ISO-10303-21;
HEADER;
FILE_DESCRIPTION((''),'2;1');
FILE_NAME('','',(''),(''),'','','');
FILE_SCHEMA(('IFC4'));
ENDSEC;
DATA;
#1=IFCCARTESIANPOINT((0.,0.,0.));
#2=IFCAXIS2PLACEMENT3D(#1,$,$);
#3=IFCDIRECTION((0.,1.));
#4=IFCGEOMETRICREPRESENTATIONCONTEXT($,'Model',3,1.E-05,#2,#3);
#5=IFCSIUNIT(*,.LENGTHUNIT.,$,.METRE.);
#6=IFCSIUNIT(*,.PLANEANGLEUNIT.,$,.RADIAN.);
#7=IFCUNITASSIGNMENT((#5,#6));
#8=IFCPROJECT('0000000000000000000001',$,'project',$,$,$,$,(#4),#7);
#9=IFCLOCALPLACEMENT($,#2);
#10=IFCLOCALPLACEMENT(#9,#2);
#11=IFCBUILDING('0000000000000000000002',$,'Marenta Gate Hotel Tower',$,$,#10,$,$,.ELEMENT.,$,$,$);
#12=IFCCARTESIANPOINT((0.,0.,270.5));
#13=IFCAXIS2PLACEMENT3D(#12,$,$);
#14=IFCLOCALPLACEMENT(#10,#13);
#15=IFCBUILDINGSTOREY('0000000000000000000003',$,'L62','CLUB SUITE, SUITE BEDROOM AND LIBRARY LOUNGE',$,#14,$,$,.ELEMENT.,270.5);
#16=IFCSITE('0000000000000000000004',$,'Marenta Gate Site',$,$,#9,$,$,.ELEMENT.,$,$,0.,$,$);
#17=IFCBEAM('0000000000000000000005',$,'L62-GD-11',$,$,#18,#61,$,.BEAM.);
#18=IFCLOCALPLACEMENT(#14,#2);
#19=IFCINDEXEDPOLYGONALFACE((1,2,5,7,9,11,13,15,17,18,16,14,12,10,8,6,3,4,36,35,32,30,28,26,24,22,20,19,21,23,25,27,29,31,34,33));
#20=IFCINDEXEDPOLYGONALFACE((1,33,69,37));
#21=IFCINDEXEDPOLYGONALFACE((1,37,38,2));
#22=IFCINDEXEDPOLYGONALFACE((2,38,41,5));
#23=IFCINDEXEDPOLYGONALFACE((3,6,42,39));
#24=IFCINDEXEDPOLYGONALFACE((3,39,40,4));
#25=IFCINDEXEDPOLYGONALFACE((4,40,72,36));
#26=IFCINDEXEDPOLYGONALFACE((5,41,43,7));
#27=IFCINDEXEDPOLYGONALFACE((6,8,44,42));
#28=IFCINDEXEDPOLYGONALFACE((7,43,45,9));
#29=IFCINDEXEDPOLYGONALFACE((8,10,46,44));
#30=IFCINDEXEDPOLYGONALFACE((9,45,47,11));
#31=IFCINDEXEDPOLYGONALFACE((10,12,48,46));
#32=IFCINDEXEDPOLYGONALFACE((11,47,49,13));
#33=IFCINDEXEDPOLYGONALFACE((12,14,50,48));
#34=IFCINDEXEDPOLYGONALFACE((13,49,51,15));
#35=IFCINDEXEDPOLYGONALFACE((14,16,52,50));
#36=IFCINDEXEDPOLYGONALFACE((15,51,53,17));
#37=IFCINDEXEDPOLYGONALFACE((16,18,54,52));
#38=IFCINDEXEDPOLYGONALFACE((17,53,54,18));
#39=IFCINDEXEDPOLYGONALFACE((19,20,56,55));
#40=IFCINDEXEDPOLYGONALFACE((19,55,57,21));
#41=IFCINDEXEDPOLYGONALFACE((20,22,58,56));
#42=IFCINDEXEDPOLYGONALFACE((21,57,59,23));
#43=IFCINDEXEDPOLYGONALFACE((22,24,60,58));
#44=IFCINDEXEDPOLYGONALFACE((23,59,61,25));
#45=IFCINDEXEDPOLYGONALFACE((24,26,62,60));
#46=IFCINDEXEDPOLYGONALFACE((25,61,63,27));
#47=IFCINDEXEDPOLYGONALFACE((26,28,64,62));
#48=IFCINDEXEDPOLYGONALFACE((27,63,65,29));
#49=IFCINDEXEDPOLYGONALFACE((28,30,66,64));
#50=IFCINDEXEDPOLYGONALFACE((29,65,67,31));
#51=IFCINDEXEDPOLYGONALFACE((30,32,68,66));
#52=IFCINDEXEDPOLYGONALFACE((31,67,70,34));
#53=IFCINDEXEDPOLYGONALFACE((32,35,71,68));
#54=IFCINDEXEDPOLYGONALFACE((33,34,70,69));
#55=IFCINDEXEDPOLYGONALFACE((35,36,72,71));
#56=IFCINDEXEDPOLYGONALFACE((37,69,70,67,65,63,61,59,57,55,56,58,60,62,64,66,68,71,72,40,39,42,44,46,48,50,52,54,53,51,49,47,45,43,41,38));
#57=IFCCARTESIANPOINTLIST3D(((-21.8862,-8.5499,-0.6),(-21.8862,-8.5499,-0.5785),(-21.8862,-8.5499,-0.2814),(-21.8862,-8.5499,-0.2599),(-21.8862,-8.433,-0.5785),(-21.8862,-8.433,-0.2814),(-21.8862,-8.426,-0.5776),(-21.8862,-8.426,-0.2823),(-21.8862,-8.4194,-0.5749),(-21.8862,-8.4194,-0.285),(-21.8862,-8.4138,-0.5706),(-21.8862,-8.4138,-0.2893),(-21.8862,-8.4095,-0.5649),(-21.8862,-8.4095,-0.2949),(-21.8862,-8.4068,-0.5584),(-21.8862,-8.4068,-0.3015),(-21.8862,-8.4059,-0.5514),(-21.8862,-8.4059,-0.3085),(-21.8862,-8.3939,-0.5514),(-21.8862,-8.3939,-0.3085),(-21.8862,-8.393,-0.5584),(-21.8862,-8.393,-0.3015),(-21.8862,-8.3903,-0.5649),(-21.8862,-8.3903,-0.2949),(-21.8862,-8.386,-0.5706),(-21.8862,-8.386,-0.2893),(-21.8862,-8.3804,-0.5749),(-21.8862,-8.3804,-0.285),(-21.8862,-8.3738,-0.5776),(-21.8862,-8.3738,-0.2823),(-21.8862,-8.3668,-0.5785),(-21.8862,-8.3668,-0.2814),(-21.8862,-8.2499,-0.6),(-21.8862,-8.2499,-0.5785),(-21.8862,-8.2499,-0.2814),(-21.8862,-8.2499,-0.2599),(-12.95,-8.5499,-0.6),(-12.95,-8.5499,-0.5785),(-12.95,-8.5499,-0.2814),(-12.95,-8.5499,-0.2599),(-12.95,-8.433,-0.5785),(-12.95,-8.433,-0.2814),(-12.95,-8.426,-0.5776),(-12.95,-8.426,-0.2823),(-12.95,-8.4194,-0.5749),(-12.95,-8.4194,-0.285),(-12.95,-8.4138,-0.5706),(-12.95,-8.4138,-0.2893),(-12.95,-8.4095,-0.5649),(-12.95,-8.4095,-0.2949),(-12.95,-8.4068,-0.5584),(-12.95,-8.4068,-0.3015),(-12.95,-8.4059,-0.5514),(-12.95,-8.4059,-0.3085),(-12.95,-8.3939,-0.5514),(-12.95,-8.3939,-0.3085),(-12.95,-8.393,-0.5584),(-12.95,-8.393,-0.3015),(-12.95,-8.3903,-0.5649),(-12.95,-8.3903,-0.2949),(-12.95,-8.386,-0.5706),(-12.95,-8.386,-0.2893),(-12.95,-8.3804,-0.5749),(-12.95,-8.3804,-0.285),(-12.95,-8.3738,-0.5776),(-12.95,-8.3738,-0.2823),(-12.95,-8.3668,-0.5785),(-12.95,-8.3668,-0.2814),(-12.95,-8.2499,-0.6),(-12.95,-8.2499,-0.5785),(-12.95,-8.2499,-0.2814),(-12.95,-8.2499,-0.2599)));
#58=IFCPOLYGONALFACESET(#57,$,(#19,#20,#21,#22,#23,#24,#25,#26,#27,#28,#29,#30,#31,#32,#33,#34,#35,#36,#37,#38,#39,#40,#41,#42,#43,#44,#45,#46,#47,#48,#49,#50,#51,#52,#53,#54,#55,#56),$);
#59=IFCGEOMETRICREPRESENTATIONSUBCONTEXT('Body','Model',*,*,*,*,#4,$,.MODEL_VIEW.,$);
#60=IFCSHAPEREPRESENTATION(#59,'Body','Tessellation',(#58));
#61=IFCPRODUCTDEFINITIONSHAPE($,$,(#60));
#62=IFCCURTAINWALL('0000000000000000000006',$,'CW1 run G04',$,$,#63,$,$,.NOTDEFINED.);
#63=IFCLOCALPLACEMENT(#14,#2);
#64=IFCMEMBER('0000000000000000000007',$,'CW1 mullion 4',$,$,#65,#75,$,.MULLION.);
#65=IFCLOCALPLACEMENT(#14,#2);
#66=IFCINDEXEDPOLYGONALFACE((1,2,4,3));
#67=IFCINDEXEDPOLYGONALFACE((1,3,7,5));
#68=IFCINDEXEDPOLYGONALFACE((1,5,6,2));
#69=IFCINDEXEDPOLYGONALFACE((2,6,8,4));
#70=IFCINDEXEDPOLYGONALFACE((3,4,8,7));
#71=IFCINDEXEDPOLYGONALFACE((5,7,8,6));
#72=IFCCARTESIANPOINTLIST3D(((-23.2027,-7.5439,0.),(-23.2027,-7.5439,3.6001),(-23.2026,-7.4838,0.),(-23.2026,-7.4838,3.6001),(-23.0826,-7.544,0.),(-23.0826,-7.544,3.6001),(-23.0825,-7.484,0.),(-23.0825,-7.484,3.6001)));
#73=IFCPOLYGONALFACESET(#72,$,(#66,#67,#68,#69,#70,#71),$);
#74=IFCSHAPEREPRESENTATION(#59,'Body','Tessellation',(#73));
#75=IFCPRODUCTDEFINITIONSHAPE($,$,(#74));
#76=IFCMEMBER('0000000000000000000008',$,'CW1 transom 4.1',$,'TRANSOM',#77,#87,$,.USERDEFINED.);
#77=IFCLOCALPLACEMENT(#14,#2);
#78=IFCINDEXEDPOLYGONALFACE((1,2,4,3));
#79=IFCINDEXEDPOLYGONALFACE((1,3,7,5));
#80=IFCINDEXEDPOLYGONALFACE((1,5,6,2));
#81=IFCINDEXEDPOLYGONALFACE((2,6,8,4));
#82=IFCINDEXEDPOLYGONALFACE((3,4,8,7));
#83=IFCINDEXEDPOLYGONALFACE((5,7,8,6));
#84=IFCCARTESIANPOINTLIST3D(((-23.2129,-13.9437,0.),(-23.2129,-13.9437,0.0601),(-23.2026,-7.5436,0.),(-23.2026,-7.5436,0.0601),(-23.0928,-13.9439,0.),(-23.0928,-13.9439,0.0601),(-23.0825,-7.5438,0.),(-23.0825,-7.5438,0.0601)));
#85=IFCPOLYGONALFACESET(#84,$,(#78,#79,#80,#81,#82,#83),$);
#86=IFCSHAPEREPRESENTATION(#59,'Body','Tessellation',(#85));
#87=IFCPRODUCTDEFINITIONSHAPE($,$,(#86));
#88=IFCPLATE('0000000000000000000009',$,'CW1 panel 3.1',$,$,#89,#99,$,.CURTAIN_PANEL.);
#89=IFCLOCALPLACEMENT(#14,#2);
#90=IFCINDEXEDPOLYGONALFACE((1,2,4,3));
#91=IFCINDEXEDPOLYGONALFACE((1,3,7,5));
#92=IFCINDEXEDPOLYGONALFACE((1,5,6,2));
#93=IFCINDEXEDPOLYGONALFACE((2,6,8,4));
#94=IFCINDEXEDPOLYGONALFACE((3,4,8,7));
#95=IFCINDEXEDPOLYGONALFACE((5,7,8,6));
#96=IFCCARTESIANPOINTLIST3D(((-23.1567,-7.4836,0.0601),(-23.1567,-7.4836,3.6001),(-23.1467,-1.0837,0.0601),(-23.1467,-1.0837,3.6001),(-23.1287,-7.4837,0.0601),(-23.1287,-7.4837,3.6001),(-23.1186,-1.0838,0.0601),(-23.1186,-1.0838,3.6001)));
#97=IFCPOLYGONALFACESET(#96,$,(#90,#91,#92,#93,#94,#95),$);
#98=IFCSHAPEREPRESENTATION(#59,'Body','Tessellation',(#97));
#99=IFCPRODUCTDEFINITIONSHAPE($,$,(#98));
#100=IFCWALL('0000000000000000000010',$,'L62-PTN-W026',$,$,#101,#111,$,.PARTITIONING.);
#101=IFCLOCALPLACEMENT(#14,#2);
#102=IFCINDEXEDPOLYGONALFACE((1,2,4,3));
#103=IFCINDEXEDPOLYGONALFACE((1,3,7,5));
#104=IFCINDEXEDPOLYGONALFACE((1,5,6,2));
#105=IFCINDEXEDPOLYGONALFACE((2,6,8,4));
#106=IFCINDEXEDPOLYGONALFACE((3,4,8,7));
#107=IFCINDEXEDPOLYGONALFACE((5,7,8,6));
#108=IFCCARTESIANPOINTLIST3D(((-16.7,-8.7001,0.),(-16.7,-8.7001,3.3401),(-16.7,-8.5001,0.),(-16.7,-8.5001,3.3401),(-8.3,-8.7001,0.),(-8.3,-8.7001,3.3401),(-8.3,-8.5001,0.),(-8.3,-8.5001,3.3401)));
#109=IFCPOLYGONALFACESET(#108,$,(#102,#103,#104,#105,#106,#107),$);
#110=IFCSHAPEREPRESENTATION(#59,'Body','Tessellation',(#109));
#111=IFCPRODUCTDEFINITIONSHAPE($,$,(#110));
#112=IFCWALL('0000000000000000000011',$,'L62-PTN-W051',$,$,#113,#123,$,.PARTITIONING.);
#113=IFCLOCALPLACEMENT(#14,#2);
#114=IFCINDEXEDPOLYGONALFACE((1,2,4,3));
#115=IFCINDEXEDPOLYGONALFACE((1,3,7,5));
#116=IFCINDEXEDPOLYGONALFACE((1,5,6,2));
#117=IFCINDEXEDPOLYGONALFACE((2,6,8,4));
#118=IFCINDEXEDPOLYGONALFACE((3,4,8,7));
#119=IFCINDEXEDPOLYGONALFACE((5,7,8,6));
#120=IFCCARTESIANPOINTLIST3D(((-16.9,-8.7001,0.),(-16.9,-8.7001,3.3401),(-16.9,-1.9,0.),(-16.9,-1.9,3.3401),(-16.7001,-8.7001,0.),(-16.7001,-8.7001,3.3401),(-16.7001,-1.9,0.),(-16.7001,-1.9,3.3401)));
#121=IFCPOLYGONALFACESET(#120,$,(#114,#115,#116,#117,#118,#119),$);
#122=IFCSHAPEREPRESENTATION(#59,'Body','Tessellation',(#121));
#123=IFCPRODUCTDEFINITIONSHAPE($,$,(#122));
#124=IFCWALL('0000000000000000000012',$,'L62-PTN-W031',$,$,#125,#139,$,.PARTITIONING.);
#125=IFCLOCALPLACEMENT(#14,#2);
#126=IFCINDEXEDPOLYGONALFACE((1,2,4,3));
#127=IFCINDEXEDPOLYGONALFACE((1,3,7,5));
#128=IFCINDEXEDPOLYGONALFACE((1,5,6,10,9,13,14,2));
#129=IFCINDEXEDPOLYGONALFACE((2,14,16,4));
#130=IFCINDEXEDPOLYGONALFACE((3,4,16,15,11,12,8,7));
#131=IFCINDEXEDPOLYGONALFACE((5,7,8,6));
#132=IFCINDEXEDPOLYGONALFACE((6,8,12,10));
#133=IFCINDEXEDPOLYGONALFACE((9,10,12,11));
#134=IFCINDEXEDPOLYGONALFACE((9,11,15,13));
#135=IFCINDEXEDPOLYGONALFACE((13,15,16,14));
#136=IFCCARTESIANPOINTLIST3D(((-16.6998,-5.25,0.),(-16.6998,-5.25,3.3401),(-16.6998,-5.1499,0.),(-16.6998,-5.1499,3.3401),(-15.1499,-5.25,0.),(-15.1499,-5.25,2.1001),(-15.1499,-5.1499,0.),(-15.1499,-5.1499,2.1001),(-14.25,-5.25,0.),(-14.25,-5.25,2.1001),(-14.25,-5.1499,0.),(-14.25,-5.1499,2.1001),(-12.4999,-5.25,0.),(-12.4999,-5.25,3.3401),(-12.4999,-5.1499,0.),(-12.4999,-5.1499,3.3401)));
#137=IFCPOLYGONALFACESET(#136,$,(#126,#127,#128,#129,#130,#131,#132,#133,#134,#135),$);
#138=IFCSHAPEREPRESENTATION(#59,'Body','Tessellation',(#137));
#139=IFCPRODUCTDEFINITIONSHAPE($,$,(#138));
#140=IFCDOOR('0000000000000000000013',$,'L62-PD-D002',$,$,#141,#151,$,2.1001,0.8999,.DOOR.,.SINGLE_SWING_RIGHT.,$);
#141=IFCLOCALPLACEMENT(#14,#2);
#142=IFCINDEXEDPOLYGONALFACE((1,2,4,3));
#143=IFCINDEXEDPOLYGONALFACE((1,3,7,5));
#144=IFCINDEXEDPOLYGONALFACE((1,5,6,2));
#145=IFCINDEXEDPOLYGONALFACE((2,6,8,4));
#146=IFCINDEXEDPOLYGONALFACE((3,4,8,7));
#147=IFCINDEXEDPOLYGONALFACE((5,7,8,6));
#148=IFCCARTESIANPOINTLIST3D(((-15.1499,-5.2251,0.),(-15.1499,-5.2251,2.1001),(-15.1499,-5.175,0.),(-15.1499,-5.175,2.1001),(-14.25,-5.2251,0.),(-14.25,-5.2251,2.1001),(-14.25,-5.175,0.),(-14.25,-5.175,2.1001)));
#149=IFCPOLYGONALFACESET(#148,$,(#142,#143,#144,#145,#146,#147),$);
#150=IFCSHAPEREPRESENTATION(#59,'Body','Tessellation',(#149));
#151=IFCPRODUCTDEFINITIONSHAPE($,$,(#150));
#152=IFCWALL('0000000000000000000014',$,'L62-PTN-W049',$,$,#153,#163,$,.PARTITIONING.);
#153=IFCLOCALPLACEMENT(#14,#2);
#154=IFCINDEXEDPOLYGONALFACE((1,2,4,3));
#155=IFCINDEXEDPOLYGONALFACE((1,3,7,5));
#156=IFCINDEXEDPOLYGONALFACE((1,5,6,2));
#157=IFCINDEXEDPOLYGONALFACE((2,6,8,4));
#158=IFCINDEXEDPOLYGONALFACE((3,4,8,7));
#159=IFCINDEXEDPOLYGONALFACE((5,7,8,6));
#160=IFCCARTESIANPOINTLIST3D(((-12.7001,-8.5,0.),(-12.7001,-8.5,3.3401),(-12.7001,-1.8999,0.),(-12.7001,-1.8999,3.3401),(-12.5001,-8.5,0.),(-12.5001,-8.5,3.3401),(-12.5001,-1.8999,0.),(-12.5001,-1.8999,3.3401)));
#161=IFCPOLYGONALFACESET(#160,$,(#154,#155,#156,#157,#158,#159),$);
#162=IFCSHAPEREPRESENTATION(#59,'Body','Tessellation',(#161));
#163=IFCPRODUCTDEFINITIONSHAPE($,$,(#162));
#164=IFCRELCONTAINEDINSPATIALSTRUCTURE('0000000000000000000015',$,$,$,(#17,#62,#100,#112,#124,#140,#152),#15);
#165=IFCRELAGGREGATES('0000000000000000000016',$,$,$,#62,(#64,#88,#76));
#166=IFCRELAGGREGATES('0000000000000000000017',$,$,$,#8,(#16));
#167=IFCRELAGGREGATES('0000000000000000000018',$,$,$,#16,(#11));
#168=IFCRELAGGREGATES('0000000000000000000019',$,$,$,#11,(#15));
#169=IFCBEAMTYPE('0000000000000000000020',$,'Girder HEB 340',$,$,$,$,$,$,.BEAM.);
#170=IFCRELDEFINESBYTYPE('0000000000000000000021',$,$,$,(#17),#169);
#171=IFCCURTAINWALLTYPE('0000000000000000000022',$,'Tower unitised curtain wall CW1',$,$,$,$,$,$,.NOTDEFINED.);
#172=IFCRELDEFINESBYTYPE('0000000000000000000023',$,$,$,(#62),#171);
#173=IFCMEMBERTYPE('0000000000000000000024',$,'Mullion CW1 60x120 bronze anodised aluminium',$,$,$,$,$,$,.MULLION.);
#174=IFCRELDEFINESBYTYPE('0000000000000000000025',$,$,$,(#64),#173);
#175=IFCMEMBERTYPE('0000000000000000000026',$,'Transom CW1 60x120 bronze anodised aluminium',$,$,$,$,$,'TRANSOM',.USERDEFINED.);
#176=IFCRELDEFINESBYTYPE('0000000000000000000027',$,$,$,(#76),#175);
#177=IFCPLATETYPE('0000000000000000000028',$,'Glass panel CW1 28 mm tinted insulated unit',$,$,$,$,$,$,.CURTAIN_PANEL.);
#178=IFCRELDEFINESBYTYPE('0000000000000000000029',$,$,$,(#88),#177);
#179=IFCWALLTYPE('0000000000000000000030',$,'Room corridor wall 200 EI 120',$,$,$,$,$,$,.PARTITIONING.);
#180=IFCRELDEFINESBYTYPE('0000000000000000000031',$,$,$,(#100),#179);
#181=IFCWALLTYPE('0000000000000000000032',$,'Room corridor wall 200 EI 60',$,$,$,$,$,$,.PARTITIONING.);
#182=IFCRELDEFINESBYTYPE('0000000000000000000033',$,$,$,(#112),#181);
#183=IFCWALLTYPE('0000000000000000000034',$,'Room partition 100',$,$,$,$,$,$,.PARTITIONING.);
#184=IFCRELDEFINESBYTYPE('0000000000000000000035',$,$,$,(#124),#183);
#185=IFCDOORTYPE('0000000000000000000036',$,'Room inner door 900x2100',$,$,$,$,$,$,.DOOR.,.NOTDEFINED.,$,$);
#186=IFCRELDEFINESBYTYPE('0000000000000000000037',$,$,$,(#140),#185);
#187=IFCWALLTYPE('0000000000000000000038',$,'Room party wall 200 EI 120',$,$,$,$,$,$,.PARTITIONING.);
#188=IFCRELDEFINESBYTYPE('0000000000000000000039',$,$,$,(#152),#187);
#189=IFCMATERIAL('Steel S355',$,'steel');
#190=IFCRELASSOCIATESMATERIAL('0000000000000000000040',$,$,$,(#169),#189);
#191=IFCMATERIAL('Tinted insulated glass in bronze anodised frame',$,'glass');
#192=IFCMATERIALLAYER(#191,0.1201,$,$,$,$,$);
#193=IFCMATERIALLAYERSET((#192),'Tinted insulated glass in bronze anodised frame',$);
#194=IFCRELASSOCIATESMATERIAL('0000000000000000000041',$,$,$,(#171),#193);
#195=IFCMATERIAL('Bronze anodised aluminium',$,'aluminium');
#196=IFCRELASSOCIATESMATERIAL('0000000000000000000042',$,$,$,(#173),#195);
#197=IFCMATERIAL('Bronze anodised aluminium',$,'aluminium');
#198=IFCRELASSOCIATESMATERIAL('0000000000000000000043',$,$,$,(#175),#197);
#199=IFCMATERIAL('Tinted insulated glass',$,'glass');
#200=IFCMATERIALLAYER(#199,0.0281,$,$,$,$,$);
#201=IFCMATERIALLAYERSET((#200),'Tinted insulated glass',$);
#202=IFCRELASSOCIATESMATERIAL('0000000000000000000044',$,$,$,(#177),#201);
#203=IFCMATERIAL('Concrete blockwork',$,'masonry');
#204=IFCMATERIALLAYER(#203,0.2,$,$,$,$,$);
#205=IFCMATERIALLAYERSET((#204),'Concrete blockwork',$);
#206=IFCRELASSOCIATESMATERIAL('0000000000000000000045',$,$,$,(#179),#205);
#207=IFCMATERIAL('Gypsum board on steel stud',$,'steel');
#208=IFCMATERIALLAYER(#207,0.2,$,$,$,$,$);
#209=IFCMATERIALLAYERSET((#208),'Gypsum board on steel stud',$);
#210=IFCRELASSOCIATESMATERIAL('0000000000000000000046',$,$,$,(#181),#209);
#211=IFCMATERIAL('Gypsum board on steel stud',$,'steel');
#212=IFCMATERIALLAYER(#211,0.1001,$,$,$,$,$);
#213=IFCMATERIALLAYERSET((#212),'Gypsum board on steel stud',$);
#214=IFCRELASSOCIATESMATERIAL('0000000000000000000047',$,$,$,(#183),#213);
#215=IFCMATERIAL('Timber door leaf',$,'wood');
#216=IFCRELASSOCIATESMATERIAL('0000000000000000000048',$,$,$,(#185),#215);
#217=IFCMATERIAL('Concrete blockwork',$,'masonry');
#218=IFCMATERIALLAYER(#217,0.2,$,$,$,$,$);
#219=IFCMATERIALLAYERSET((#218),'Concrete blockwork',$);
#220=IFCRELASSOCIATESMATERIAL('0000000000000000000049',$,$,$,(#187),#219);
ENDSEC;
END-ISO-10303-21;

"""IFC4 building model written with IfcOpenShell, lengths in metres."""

from ifc_helpers import new_model, si_unit, direction, frame, frame_2d, origin, origin_2d, place, context, subcontext, project, spatial, rectangle, i_section, extrude, material, layer, layer_set, material_profile, profile_set, type_object, element, fill, aggregate, save


model = new_model("IFC4")

# Units and contexts
model_context = context("Model", 3, precision=1e-05, world=origin(), true_north=direction((0.0, 1.0)))
body_context = subcontext(model_context, "Body", "Model", "MODEL_VIEW")
ifc_project = project(units=[si_unit("LENGTHUNIT", "METRE"), si_unit("PLANEANGLEUNIT", "RADIAN")], contexts=[model_context])

# Site, building, storey
site_placement = place(None, origin())
site = spatial("IfcSite", under=ifc_project, at=site_placement, Name="Marenta Gate Site", CompositionType="ELEMENT", RefElevation=0.0)
building_placement = place(site_placement, origin())
building = spatial("IfcBuilding", under=site, at=building_placement, Name="Marenta Gate Hotel Tower", CompositionType="ELEMENT")
storey_placement = place(building_placement, frame((0.0, 0.0, 270.5)))
storey = spatial("IfcBuildingStorey", under=building, at=storey_placement, Name="L62", Description="CLUB SUITE, SUITE BEDROOM AND LIBRARY LOUNGE", CompositionType="ELEMENT", Elevation=270.5)

# Beam
ifc_material_1 = material(Name="Steel S355", Category="steel")
ifc_material_profile_1 = material_profile(ifc_material_1, i_section(OverallWidth=0.3, OverallDepth=0.3401, WebThickness=0.012, FlangeThickness=0.0215, FilletRadius=0.0271, at=origin_2d()), Name="HEB 340")
ifc_profile_set_1 = profile_set([ifc_material_profile_1], Name="Steel S355")
beam_type_1 = type_object("IfcBeamType", Name="Girder HEB 340", PredefinedType="BEAM", material=ifc_profile_set_1)
beam_1_placement = place(storey_placement, frame((-21.8862, -8.3999, -0.4299), z_axis=(1.0, 0.0, 0.0), x_axis=(0.0, 1.0, 0.0)))
element("IfcBeam", 1, at=beam_1_placement, inside=storey, type_object=beam_type_1, Name="L62-GD-11", PredefinedType="BEAM", context=body_context, shape_type="SweptSolid", body=[
    extrude(i_section(OverallWidth=0.3, OverallDepth=0.3401, WebThickness=0.012, FlangeThickness=0.0215, FilletRadius=0.0271, at=origin_2d()), origin(), (0.0, 0.0, 1.0), 8.9363),
])

# Curtain wall, members, plate
ifc_material_2 = material(Name="Tinted insulated glass in bronze anodised frame", Category="glass")
ifc_layer_1 = layer(ifc_material_2, 0.1201)
ifc_layer_set_1 = layer_set([ifc_layer_1], Name="Tinted insulated glass in bronze anodised frame")
curtain_wall_type = type_object("IfcCurtainWallType", Name="Tower unitised curtain wall CW1", PredefinedType="NOTDEFINED", material=ifc_layer_set_1)
curtain_wall_placement = place(storey_placement, origin())
curtain_wall = element("IfcCurtainWall", 2, at=curtain_wall_placement, inside=storey, type_object=curtain_wall_type, Name="CW1 run G04", PredefinedType="NOTDEFINED")
ifc_material_3 = material(Name="Bronze anodised aluminium", Category="aluminium")
ifc_material_profile_2 = material_profile(ifc_material_3, rectangle(XDim=0.1201, YDim=0.0601, at=origin_2d()), Name="Mullion CW1 60x120 bronze anodised aluminium")
ifc_profile_set_2 = profile_set([ifc_material_profile_2], Name="Bronze anodised aluminium")
member_type_1 = type_object("IfcMemberType", Name="Mullion CW1 60x120 bronze anodised aluminium", PredefinedType="MULLION", material=ifc_profile_set_2)
member_1_placement = place(storey_placement, frame((-23.1426, -7.5139, 0.0), z_axis=(0.0, 0.0, 1.0), x_axis=(0.999999, -0.001566, 0.0)))
member_1 = element("IfcMember", 3, at=member_1_placement, type_object=member_type_1, Name="CW1 mullion 4", PredefinedType="MULLION", context=body_context, shape_type="SweptSolid", body=[
    extrude(rectangle(XDim=0.1201, YDim=0.0601, at=origin_2d()), origin(), (0.0, 0.0, 1.0), 3.6001),
])
ifc_material_4 = material(Name="Bronze anodised aluminium", Category="aluminium")
ifc_material_profile_3 = material_profile(ifc_material_4, rectangle(XDim=0.1201, YDim=0.0601, at=origin_2d()), Name="Transom CW1 60x120 bronze anodised aluminium")
ifc_profile_set_3 = profile_set([ifc_material_profile_3], Name="Bronze anodised aluminium")
member_type_2 = type_object("IfcMemberType", Name="Transom CW1 60x120 bronze anodised aluminium", ElementType="TRANSOM", PredefinedType="USERDEFINED", material=ifc_profile_set_3)
member_2_placement = place(storey_placement, frame((-23.1426, -7.5437, 0.03), z_axis=(-0.001602, -0.999999, 0.0), x_axis=(0.999999, -0.001602, 0.0)))
member_2 = element("IfcMember", 4, at=member_2_placement, type_object=member_type_2, Name="CW1 transom 4.1", ObjectType="TRANSOM", PredefinedType="USERDEFINED", context=body_context, shape_type="SweptSolid", body=[
    extrude(rectangle(XDim=0.1201, YDim=0.0601, at=origin_2d()), origin(), (0.0, 0.0, 1.0), 6.4001),
])
ifc_material_5 = material(Name="Tinted insulated glass", Category="glass")
ifc_layer_2 = layer(ifc_material_5, 0.0281)
ifc_layer_set_2 = layer_set([ifc_layer_2], Name="Tinted insulated glass")
plate_type = type_object("IfcPlateType", Name="Glass panel CW1 28 mm tinted insulated unit", PredefinedType="CURTAIN_PANEL", material=ifc_layer_set_2)
plate_placement = place(storey_placement, frame((-23.1377, -4.2837, 0.0601), z_axis=(0.0, 0.0, 1.0), x_axis=(-0.001566, -0.999999, 0.0)))
plate = element("IfcPlate", 5, at=plate_placement, type_object=plate_type, Name="CW1 panel 3.1", PredefinedType="CURTAIN_PANEL", context=body_context, shape_type="SweptSolid", body=[
    extrude(rectangle(XDim=6.3999, YDim=0.0281, at=origin_2d()), origin(), (0.0, 0.0, 1.0), 3.54),
])
aggregate(curtain_wall, [member_1, plate, member_2])

# Wall
ifc_material_6 = material(Name="Concrete blockwork", Category="masonry")
ifc_layer_3 = layer(ifc_material_6, 0.2)
ifc_layer_set_3 = layer_set([ifc_layer_3], Name="Concrete blockwork")
wall_type_1 = type_object("IfcWallType", Name="Room corridor wall 200 EI 120", PredefinedType="PARTITIONING", material=ifc_layer_set_3)
wall_1_placement = place(storey_placement, frame((-16.7, -8.6001, 0.0), z_axis=(0.0, 0.0, 1.0), x_axis=(1.0, 0.0, 0.0)))
element("IfcWall", 6, at=wall_1_placement, inside=storey, type_object=wall_type_1, Name="L62-PTN-W026", PredefinedType="PARTITIONING", context=body_context, shape_type="SweptSolid", body=[
    extrude(rectangle(XDim=8.3999, YDim=0.2, at=frame_2d((4.2, 0.0))), origin(), (0.0, 0.0, 1.0), 3.3401),
])

# Wall
ifc_material_7 = material(Name="Gypsum board on steel stud", Category="steel")
ifc_layer_4 = layer(ifc_material_7, 0.2)
ifc_layer_set_4 = layer_set([ifc_layer_4], Name="Gypsum board on steel stud")
wall_type_2 = type_object("IfcWallType", Name="Room corridor wall 200 EI 60", PredefinedType="PARTITIONING", material=ifc_layer_set_4)
wall_2_placement = place(storey_placement, frame((-16.8, -8.7, 0.0), z_axis=(0.0, 0.0, 1.0), x_axis=(0.0, 1.0, 0.0)))
element("IfcWall", 7, at=wall_2_placement, inside=storey, type_object=wall_type_2, Name="L62-PTN-W051", PredefinedType="PARTITIONING", context=body_context, shape_type="SweptSolid", body=[
    extrude(rectangle(XDim=6.8, YDim=0.2, at=frame_2d((3.3999, 0.0))), origin(), (0.0, 0.0, 1.0), 3.3401),
])

# Wall, opening, door
ifc_material_8 = material(Name="Gypsum board on steel stud", Category="steel")
ifc_layer_5 = layer(ifc_material_8, 0.1001)
ifc_layer_set_5 = layer_set([ifc_layer_5], Name="Gypsum board on steel stud")
wall_type_3 = type_object("IfcWallType", Name="Room partition 100", PredefinedType="PARTITIONING", material=ifc_layer_set_5)
wall_3_placement = place(storey_placement, frame((-16.7, -5.2, 0.0), z_axis=(0.0, 0.0, 1.0), x_axis=(1.0, 0.0, 0.0)))
wall_3 = element("IfcWall", 8, at=wall_3_placement, inside=storey, type_object=wall_type_3, Name="L62-PTN-W031", PredefinedType="PARTITIONING", context=body_context, shape_type="SweptSolid", body=[
    extrude(rectangle(XDim=4.2, YDim=0.1001, at=frame_2d((2.1001, 0.0))), origin(), (0.0, 0.0, 1.0), 3.3401),
])
opening_1_placement = place(wall_3_placement, frame((1.55, 0.0, 0.0)))
opening_1 = element("IfcOpeningElement", 9, at=opening_1_placement, cuts=wall_3, PredefinedType="OPENING", context=body_context, shape_type="SweptSolid", body=[
    extrude(rectangle(XDim=0.8999, YDim=2.1001, at=frame_2d((0.45, 1.05))), frame((0.0, 0.05, 0.0), z_axis=(0.0, -1.0, 0.0), x_axis=(1.0, 0.0, 0.0)), (0.0, 0.0, 1.0), 0.1001),
])
ifc_material_9 = material(Name="Timber door leaf", Category="wood")
door_type_1 = type_object("IfcDoorType", Name="Room inner door 900x2100", OperationType="NOTDEFINED", PredefinedType="DOOR", material=ifc_material_9)
door_1_placement = place(opening_1_placement, origin())
door_1 = element("IfcDoor", 10, at=door_1_placement, inside=storey, type_object=door_type_1, Name="L62-PD-D002", OperationType="SINGLE_SWING_RIGHT", OverallHeight=2.1001, OverallWidth=0.8999, PredefinedType="DOOR", context=body_context, shape_type="SweptSolid", body=[
    extrude(rectangle(XDim=0.8999, YDim=2.1001, at=frame_2d((0.45, 1.05))), frame((0.0, 0.0249, 0.0), z_axis=(0.0, -1.0, 0.0), x_axis=(1.0, 0.0, 0.0)), (0.0, 0.0, 1.0), 0.05),
])
fill(opening_1, door_1)

# Wall
ifc_material_10 = material(Name="Concrete blockwork", Category="masonry")
ifc_layer_6 = layer(ifc_material_10, 0.2)
ifc_layer_set_6 = layer_set([ifc_layer_6], Name="Concrete blockwork")
wall_type_4 = type_object("IfcWallType", Name="Room party wall 200 EI 120", PredefinedType="PARTITIONING", material=ifc_layer_set_6)
wall_4_placement = place(storey_placement, frame((-12.6001, -8.5, 0.0), z_axis=(0.0, 0.0, 1.0), x_axis=(0.0, 1.0, 0.0)))
element("IfcWall", 11, at=wall_4_placement, inside=storey, type_object=wall_type_4, Name="L62-PTN-W049", PredefinedType="PARTITIONING", context=body_context, shape_type="SweptSolid", body=[
    extrude(rectangle(XDim=6.6001, YDim=0.2, at=frame_2d((3.3, 0.0))), origin(), (0.0, 0.0, 1.0), 3.3401),
])

save(model, "model.ifc")
